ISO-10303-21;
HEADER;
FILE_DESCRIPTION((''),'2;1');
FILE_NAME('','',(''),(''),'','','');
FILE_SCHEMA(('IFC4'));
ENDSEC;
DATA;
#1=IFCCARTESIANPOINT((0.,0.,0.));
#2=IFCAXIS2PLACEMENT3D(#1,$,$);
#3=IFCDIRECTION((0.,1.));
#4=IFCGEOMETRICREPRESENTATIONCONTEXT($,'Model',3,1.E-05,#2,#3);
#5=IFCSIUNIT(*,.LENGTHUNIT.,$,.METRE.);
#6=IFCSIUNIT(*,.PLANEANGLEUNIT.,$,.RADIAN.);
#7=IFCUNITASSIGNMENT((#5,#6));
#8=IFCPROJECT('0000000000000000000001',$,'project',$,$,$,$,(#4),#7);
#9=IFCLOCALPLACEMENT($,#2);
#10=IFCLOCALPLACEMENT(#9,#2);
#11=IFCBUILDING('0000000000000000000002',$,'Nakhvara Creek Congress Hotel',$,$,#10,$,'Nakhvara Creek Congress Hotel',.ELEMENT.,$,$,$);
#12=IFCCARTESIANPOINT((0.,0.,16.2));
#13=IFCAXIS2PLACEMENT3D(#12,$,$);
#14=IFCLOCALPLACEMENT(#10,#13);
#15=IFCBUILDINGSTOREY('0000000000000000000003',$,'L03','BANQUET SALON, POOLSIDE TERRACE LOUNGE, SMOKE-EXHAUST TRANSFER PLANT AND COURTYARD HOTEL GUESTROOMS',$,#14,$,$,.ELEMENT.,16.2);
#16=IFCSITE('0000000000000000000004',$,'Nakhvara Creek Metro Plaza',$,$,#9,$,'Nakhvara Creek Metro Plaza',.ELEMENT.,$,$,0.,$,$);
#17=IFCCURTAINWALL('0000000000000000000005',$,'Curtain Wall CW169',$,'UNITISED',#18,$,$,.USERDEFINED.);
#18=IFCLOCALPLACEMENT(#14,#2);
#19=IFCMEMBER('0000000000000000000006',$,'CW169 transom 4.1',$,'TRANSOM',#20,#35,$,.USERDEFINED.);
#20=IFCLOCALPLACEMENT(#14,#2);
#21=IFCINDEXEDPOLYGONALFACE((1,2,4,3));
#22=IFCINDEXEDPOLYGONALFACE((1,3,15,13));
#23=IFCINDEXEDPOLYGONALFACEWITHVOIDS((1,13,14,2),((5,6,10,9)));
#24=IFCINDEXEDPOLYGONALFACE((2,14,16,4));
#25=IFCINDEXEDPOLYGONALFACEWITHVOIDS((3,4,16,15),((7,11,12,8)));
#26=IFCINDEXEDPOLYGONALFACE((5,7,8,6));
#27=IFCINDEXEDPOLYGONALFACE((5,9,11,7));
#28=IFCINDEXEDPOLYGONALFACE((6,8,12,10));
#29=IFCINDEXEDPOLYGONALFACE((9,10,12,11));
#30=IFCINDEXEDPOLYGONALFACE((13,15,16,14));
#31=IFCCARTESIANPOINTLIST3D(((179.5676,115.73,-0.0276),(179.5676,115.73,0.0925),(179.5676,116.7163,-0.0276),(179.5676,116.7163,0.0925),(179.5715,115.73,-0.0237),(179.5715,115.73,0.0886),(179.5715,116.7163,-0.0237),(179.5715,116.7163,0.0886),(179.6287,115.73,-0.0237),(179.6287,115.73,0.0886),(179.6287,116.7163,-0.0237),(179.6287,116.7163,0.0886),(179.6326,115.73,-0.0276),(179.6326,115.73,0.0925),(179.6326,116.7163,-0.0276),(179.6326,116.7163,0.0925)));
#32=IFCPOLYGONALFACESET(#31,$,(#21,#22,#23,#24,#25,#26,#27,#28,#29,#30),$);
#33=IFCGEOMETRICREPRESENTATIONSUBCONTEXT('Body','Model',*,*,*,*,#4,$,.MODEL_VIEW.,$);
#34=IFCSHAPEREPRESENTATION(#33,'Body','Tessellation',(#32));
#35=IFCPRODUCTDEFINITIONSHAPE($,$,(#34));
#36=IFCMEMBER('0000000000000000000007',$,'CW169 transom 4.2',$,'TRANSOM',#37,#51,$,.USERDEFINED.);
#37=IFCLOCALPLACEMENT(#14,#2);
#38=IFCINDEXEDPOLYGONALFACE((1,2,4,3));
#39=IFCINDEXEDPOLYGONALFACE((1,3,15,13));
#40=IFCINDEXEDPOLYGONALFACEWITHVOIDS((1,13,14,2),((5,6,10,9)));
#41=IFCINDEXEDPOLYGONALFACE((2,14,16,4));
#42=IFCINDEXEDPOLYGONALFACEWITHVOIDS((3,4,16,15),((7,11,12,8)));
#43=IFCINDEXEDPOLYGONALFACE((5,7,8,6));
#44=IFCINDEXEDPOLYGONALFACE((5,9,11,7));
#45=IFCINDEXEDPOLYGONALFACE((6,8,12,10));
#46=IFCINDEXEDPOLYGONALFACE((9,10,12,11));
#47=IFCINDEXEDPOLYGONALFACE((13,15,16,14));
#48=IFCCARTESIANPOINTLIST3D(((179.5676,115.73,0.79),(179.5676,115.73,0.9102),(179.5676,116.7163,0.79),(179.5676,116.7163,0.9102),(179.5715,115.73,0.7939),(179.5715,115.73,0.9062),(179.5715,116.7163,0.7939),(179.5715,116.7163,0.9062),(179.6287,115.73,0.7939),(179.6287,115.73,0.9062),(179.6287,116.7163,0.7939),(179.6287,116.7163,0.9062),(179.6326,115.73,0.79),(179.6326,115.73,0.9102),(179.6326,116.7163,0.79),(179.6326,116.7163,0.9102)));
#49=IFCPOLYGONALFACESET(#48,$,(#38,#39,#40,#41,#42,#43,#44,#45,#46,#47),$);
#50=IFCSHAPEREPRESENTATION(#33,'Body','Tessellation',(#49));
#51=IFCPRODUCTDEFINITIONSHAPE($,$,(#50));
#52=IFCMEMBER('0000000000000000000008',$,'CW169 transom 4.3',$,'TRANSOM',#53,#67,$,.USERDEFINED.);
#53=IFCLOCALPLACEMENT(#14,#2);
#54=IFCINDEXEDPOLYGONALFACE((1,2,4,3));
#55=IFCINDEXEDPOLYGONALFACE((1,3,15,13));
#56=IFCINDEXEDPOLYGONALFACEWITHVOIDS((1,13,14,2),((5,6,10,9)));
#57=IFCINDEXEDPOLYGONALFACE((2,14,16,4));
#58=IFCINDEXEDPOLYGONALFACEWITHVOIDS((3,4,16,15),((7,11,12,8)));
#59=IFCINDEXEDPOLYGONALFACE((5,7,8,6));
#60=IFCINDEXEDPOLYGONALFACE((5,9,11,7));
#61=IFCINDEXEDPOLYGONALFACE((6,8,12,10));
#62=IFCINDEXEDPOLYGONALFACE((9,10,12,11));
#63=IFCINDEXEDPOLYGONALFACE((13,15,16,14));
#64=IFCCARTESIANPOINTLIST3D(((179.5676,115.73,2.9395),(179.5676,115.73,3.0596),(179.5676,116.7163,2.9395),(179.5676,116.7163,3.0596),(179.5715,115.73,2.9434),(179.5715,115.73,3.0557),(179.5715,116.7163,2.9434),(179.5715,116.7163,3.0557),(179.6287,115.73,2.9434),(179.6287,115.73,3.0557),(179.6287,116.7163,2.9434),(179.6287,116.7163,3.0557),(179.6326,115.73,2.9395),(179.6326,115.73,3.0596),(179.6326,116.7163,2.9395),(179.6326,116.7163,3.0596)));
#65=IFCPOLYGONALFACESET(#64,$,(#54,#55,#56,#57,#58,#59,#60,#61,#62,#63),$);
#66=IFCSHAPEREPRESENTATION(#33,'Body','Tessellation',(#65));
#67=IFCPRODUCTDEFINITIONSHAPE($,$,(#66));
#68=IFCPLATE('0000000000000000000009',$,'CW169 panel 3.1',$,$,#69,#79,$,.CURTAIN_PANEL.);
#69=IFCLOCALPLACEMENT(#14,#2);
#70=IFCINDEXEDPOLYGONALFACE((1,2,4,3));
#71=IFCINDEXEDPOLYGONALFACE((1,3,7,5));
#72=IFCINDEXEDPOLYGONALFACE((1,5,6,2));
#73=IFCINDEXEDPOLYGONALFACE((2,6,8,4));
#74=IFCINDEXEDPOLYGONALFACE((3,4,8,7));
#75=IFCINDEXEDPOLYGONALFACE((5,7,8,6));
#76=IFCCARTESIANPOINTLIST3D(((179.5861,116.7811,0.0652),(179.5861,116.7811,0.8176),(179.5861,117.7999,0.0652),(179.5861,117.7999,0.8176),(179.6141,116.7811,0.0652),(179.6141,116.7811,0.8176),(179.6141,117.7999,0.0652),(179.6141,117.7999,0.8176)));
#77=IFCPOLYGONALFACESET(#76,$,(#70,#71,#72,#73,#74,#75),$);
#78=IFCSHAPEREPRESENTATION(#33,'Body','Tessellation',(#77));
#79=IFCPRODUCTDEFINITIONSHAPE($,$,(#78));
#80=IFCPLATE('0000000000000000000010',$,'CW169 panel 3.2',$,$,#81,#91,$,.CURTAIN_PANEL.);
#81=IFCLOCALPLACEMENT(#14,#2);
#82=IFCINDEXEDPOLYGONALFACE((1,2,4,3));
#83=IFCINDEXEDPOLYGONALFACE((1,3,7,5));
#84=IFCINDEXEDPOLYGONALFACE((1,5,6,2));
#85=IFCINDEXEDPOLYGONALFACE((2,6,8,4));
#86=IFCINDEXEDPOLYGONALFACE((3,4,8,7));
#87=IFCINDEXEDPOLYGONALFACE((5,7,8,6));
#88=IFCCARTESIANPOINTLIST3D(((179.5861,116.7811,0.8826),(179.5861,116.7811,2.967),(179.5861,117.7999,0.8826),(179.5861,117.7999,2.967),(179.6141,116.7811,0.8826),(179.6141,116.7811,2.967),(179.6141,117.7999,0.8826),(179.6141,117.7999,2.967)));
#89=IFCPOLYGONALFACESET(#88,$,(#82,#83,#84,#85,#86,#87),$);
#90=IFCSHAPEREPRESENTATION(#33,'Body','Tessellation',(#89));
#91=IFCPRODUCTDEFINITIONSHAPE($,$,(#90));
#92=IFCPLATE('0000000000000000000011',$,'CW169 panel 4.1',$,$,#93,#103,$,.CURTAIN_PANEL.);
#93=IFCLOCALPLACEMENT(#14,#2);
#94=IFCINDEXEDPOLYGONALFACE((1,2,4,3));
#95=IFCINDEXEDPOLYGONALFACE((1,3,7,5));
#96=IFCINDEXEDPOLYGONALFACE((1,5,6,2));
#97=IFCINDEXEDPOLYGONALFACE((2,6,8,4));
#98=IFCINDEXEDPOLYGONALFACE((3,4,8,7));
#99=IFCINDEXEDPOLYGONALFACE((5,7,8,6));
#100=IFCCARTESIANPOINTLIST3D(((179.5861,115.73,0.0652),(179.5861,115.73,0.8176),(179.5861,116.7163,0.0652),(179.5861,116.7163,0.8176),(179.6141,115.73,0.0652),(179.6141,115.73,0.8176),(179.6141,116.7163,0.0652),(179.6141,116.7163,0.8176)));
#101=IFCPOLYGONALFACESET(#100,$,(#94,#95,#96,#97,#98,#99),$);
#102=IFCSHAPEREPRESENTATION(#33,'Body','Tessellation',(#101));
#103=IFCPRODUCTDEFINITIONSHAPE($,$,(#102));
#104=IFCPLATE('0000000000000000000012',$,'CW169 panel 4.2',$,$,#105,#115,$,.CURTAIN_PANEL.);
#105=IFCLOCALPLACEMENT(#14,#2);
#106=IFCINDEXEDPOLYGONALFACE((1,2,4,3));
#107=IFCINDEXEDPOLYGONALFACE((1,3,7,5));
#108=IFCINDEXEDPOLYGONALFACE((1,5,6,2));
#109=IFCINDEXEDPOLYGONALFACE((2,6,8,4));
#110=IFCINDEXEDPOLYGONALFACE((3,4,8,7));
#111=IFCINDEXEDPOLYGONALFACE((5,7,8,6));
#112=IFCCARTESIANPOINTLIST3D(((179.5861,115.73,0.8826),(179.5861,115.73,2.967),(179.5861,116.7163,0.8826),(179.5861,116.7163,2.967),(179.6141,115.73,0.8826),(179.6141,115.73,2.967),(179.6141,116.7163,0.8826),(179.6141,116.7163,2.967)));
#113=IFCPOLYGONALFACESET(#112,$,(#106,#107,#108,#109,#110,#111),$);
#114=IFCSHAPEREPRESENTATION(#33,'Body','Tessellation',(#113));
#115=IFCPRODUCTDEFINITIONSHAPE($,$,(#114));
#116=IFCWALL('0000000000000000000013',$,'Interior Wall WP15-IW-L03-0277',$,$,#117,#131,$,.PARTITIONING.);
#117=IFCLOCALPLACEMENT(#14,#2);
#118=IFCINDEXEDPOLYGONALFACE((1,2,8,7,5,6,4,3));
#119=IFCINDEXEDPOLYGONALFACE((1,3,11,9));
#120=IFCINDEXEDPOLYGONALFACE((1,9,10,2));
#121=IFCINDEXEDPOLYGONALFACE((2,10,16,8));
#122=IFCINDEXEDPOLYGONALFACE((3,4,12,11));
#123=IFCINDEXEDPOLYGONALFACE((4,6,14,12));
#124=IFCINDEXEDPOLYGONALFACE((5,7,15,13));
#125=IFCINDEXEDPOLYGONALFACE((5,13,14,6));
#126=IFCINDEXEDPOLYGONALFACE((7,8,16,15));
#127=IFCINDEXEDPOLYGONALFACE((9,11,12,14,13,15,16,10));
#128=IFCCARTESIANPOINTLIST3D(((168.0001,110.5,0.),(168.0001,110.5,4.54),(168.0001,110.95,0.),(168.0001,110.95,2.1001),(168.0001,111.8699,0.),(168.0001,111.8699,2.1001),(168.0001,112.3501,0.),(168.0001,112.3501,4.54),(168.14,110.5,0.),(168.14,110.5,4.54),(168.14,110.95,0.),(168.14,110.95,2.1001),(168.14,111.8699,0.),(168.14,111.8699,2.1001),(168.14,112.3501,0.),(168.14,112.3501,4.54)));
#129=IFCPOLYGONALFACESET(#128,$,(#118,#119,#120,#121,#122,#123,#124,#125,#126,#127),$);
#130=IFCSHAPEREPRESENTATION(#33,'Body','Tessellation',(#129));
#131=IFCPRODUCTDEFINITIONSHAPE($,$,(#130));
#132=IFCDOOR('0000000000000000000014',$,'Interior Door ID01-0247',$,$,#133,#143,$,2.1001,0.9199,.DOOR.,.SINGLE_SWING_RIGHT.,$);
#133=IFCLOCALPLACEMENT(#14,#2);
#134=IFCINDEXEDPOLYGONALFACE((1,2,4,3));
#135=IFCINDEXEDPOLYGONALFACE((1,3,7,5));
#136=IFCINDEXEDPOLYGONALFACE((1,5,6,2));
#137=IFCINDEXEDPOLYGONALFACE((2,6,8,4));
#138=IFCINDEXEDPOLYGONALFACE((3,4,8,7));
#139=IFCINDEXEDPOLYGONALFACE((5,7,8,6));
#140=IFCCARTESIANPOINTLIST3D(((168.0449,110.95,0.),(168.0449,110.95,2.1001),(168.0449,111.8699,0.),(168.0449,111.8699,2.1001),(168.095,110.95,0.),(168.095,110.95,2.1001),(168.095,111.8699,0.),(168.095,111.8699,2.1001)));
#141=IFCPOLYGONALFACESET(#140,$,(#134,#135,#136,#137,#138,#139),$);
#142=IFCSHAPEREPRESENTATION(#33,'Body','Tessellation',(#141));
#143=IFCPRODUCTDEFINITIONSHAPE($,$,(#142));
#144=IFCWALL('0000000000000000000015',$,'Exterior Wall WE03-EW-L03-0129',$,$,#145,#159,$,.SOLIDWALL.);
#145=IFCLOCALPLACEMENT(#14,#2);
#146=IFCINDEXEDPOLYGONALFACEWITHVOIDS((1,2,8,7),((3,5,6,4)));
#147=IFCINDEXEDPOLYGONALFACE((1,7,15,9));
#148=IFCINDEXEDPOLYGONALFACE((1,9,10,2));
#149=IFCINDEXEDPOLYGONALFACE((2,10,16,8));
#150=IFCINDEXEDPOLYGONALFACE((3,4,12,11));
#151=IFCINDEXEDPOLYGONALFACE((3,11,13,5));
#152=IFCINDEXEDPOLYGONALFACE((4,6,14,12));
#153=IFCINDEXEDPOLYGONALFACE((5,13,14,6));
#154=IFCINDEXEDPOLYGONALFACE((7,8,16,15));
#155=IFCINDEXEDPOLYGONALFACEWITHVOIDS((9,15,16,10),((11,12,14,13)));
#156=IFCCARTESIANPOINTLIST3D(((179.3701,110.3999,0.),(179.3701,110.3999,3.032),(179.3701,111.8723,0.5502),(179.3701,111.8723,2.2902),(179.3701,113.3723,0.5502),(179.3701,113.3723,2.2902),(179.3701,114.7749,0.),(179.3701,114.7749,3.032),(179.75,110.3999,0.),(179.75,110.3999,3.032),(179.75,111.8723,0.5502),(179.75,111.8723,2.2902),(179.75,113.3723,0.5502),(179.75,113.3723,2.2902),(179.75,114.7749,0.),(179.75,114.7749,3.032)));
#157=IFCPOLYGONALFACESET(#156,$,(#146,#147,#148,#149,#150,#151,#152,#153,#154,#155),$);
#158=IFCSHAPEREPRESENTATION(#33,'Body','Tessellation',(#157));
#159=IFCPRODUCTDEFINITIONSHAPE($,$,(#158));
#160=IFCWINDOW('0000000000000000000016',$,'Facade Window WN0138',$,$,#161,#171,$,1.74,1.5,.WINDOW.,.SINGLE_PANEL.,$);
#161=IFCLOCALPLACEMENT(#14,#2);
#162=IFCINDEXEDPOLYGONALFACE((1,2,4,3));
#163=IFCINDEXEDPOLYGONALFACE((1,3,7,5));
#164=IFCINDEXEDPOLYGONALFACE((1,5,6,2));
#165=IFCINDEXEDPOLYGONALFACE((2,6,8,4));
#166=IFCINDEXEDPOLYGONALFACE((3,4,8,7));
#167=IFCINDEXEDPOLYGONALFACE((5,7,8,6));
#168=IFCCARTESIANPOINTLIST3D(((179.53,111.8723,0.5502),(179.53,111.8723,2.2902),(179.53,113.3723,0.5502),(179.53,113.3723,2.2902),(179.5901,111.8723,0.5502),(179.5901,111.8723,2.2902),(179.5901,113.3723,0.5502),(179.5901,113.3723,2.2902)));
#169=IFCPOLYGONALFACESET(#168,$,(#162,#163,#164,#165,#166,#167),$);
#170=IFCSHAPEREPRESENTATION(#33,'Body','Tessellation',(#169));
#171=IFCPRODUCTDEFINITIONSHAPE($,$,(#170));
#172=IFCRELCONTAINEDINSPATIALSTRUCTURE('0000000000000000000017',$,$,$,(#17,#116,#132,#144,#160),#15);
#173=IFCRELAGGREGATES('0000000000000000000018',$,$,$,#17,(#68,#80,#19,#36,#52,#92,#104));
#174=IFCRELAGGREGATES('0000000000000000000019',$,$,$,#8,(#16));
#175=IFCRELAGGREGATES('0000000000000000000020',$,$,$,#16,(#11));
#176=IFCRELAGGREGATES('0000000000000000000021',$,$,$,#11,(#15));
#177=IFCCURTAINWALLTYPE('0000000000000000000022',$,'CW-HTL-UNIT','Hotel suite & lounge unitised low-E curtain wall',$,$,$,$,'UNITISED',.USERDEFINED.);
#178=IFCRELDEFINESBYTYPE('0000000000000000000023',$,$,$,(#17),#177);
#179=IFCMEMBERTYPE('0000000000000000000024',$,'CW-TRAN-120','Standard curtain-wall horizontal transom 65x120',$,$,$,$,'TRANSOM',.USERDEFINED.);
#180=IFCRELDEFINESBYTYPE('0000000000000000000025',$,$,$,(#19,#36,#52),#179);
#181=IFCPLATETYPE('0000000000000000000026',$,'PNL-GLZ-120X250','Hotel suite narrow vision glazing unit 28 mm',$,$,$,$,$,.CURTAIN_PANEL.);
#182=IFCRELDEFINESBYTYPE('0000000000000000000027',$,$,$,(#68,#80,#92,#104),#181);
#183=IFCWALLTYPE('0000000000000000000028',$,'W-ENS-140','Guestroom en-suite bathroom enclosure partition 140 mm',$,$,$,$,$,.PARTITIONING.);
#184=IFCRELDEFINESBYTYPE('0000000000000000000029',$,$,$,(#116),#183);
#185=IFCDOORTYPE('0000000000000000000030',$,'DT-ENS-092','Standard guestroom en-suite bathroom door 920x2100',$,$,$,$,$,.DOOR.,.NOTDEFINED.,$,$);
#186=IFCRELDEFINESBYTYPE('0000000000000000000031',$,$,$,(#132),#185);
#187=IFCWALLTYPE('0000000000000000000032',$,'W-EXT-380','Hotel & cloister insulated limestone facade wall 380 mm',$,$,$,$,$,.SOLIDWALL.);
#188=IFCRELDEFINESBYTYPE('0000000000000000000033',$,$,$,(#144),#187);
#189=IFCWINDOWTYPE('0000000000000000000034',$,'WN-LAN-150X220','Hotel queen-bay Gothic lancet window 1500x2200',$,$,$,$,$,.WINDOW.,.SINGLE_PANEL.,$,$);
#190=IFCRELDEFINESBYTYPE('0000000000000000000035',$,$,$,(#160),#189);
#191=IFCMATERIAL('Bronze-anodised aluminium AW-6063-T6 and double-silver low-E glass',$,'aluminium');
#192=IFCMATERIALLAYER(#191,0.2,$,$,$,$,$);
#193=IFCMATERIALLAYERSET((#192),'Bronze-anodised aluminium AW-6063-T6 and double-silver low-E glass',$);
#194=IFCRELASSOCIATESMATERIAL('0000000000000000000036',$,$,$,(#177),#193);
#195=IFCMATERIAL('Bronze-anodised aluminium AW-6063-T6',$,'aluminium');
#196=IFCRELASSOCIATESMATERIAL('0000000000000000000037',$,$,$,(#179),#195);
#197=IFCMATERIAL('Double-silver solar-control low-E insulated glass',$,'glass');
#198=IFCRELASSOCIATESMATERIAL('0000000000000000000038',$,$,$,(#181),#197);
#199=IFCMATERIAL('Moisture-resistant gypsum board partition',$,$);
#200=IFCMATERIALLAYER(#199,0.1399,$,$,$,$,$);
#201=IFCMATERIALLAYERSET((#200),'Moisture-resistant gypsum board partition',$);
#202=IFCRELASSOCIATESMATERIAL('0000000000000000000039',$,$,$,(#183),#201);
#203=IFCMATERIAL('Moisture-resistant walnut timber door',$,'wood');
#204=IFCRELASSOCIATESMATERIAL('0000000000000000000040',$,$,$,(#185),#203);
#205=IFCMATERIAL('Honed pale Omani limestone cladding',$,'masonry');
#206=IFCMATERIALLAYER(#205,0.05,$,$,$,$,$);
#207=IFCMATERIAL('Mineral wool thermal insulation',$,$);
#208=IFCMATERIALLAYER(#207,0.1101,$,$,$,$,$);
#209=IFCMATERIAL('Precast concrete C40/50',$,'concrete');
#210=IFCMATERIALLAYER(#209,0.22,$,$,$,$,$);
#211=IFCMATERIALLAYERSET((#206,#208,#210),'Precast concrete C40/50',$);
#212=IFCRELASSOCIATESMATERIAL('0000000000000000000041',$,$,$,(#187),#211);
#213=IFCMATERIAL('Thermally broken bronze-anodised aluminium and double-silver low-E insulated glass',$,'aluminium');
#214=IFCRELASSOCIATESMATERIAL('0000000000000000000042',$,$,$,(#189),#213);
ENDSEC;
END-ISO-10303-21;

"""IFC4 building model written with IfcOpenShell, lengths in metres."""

from ifc_helpers import new_model, si_unit, direction, frame, frame_2d, origin, origin_2d, place, context, subcontext, project, spatial, rectangle, hollow_rectangle, extrude, material, layer, layer_set, material_profile, profile_set, type_object, element, fill, aggregate, save


model = new_model("IFC4")

# Units and contexts
model_context = context("Model", 3, precision=1e-05, world=origin(), true_north=direction((0.0, 1.0)))
body_context = subcontext(model_context, "Body", "Model", "MODEL_VIEW")
ifc_project = project(units=[si_unit("LENGTHUNIT", "METRE"), si_unit("PLANEANGLEUNIT", "RADIAN")], contexts=[model_context])

# Site, building, storey
site_placement = place(None, origin())
site = spatial("IfcSite", under=ifc_project, at=site_placement, Name="Nakhvara Creek Metro Plaza", LongName="Nakhvara Creek Metro Plaza", CompositionType="ELEMENT", RefElevation=0.0)
building_placement = place(site_placement, origin())
building = spatial("IfcBuilding", under=site, at=building_placement, Name="Nakhvara Creek Congress Hotel", LongName="Nakhvara Creek Congress Hotel", CompositionType="ELEMENT")
storey_placement = place(building_placement, frame((0.0, 0.0, 16.2)))
storey = spatial("IfcBuildingStorey", under=building, at=storey_placement, Name="L03", Description="BANQUET SALON, POOLSIDE TERRACE LOUNGE, SMOKE-EXHAUST TRANSFER PLANT AND COURTYARD HOTEL GUESTROOMS", CompositionType="ELEMENT", Elevation=16.2)

# Shared definitions
ifc_material_1 = material(Name="Bronze-anodised aluminium AW-6063-T6 and double-silver low-E glass", Category="aluminium")
ifc_layer_1 = layer(ifc_material_1, 0.2)
ifc_layer_set_1 = layer_set([ifc_layer_1], Name="Bronze-anodised aluminium AW-6063-T6 and double-silver low-E glass")
curtain_wall_type = type_object("IfcCurtainWallType", Name="CW-HTL-UNIT", Description="Hotel suite & lounge unitised low-E curtain wall", ElementType="UNITISED", PredefinedType="USERDEFINED", material=ifc_layer_set_1)
ifc_material_2 = material(Name="Bronze-anodised aluminium AW-6063-T6", Category="aluminium")

# Curtain wall
curtain_wall_1_placement = place(storey_placement, origin())
curtain_wall_1 = element("IfcCurtainWall", 1, at=curtain_wall_1_placement, inside=storey, type_object=curtain_wall_type, Name="Curtain Wall CW169", ObjectType="UNITISED", PredefinedType="USERDEFINED")

# Members
ifc_material_profile_1 = material_profile(ifc_material_2, hollow_rectangle(XDim=0.0649, YDim=0.1201, WallThickness=0.0039, at=origin_2d()), Name="ALU-TRAN 65x120x4", Category="LoadBearing")
ifc_profile_set_1 = profile_set([ifc_material_profile_1], Name="Bronze-anodised aluminium AW-6063-T6")
member_type_1 = type_object("IfcMemberType", Name="CW-TRAN-120", Description="Standard curtain-wall horizontal transom 65x120", ElementType="TRANSOM", PredefinedType="USERDEFINED", material=ifc_profile_set_1)
member_1_placement = place(storey_placement, frame((179.6001, 116.7163, 0.0325), z_axis=(0.0, -1.0, 0.0), x_axis=(1.0, 0.0, 0.0)))
member_1 = element("IfcMember", 2, at=member_1_placement, type_object=member_type_1, Name="CW169 transom 4.1", ObjectType="TRANSOM", PredefinedType="USERDEFINED", context=body_context, shape_type="SweptSolid", body=[
    extrude(hollow_rectangle(XDim=0.0649, YDim=0.1201, WallThickness=0.0039, at=origin_2d()), origin(), (0.0, 0.0, 1.0), 0.9863),
])
member_2_placement = place(storey_placement, frame((179.6001, 116.7163, 0.8501), z_axis=(0.0, -1.0, 0.0), x_axis=(1.0, 0.0, 0.0)))
member_2 = element("IfcMember", 3, at=member_2_placement, type_object=member_type_1, Name="CW169 transom 4.2", ObjectType="TRANSOM", PredefinedType="USERDEFINED", context=body_context, shape_type="SweptSolid", body=[
    extrude(hollow_rectangle(XDim=0.0649, YDim=0.1201, WallThickness=0.0039, at=origin_2d()), origin(), (0.0, 0.0, 1.0), 0.9863),
])
member_3_placement = place(storey_placement, frame((179.6001, 116.7163, 2.9995), z_axis=(0.0, -1.0, 0.0), x_axis=(1.0, 0.0, 0.0)))
member_3 = element("IfcMember", 4, at=member_3_placement, type_object=member_type_1, Name="CW169 transom 4.3", ObjectType="TRANSOM", PredefinedType="USERDEFINED", context=body_context, shape_type="SweptSolid", body=[
    extrude(hollow_rectangle(XDim=0.0649, YDim=0.1201, WallThickness=0.0039, at=origin_2d()), origin(), (0.0, 0.0, 1.0), 0.9863),
])

# Plates
ifc_material_3 = material(Name="Double-silver solar-control low-E insulated glass", Category="glass")
plate_type = type_object("IfcPlateType", Name="PNL-GLZ-120X250", Description="Hotel suite narrow vision glazing unit 28 mm", PredefinedType="CURTAIN_PANEL", material=ifc_material_3)
plate_1_placement = place(storey_placement, frame((179.6001, 117.2905, 0.0652), z_axis=(0.0, 0.0, 1.0), x_axis=(0.0, -1.0, 0.0)))
plate_1 = element("IfcPlate", 5, at=plate_1_placement, type_object=plate_type, Name="CW169 panel 3.1", PredefinedType="CURTAIN_PANEL", context=body_context, shape_type="SweptSolid", body=[
    extrude(rectangle(XDim=1.0188, YDim=0.0281, at=origin_2d()), origin(), (0.0, 0.0, 1.0), 0.7524),
])
plate_2_placement = place(storey_placement, frame((179.6001, 117.2905, 0.8826), z_axis=(0.0, 0.0, 1.0), x_axis=(0.0, -1.0, 0.0)))
plate_2 = element("IfcPlate", 6, at=plate_2_placement, type_object=plate_type, Name="CW169 panel 3.2", PredefinedType="CURTAIN_PANEL", context=body_context, shape_type="SweptSolid", body=[
    extrude(rectangle(XDim=1.0188, YDim=0.0281, at=origin_2d()), origin(), (0.0, 0.0, 1.0), 2.0845),
])
plate_3_placement = place(storey_placement, frame((179.6001, 116.2231, 0.0652), z_axis=(0.0, 0.0, 1.0), x_axis=(0.0, -1.0, 0.0)))
plate_3 = element("IfcPlate", 7, at=plate_3_placement, type_object=plate_type, Name="CW169 panel 4.1", PredefinedType="CURTAIN_PANEL", context=body_context, shape_type="SweptSolid", body=[
    extrude(rectangle(XDim=0.9863, YDim=0.0281, at=origin_2d()), origin(), (0.0, 0.0, 1.0), 0.7524),
])
plate_4_placement = place(storey_placement, frame((179.6001, 116.2231, 0.8826), z_axis=(0.0, 0.0, 1.0), x_axis=(0.0, -1.0, 0.0)))
plate_4 = element("IfcPlate", 8, at=plate_4_placement, type_object=plate_type, Name="CW169 panel 4.2", PredefinedType="CURTAIN_PANEL", context=body_context, shape_type="SweptSolid", body=[
    extrude(rectangle(XDim=0.9863, YDim=0.0281, at=origin_2d()), origin(), (0.0, 0.0, 1.0), 2.0845),
])
aggregate(curtain_wall_1, [plate_1, plate_2, member_1, member_2, member_3, plate_3, plate_4])

# Wall, opening, door
ifc_material_4 = material(Name="Moisture-resistant gypsum board partition")
ifc_layer_2 = layer(ifc_material_4, 0.1399)
ifc_layer_set_2 = layer_set([ifc_layer_2], Name="Moisture-resistant gypsum board partition")
wall_type_1 = type_object("IfcWallType", Name="W-ENS-140", Description="Guestroom en-suite bathroom enclosure partition 140 mm", PredefinedType="PARTITIONING", material=ifc_layer_set_2)
wall_1_placement = place(storey_placement, frame((168.0701, 110.5, 0.0), z_axis=(0.0, 0.0, 1.0), x_axis=(0.0, 1.0, 0.0)))
wall_1 = element("IfcWall", 9, at=wall_1_placement, inside=storey, type_object=wall_type_1, Name="Interior Wall WP15-IW-L03-0277", PredefinedType="PARTITIONING", context=body_context, shape_type="SweptSolid", body=[
    extrude(rectangle(XDim=1.8501, YDim=0.1399, at=frame_2d((0.925, 0.0))), origin(), (0.0, 0.0, 1.0), 4.54),
])
opening_1_placement = place(wall_1_placement, frame((0.45, 0.0, 0.0)))
opening_1 = element("IfcOpeningElement", 10, at=opening_1_placement, cuts=wall_1, PredefinedType="OPENING", context=body_context, shape_type="SweptSolid", body=[
    extrude(rectangle(XDim=0.9199, YDim=2.1001, at=frame_2d((0.46, 1.05))), frame((0.0, 0.082, 0.0), z_axis=(0.0, -1.0, 0.0), x_axis=(1.0, 0.0, 0.0)), (0.0, 0.0, 1.0), 0.1638),
])
ifc_material_5 = material(Name="Moisture-resistant walnut timber door", Category="wood")
door_type_1 = type_object("IfcDoorType", Name="DT-ENS-092", Description="Standard guestroom en-suite bathroom door 920x2100", OperationType="NOTDEFINED", PredefinedType="DOOR", material=ifc_material_5)
door_1_placement = place(opening_1_placement, frame((0.9199, 0.0, 0.0), z_axis=(0.0, 0.0, 1.0), x_axis=(-1.0, 0.0, 0.0)))
door_1 = element("IfcDoor", 11, at=door_1_placement, inside=storey, type_object=door_type_1, Name="Interior Door ID01-0247", OperationType="SINGLE_SWING_RIGHT", OverallHeight=2.1001, OverallWidth=0.9199, PredefinedType="DOOR", context=body_context, shape_type="SweptSolid", body=[
    extrude(rectangle(XDim=0.9199, YDim=2.1001, at=frame_2d((0.46, 1.05))), frame((0.0, 0.0249, 0.0), z_axis=(0.0, -1.0, 0.0), x_axis=(1.0, 0.0, 0.0)), (0.0, 0.0, 1.0), 0.05),
])
fill(opening_1, door_1)

# Wall, opening, window
ifc_material_6 = material(Name="Honed pale Omani limestone cladding", Category="masonry")
ifc_layer_3 = layer(ifc_material_6, 0.05)
ifc_material_7 = material(Name="Mineral wool thermal insulation")
ifc_layer_4 = layer(ifc_material_7, 0.1101)
ifc_material_8 = material(Name="Precast concrete C40/50", Category="concrete")
ifc_layer_5 = layer(ifc_material_8, 0.22)
ifc_layer_set_3 = layer_set([ifc_layer_3, ifc_layer_4, ifc_layer_5], Name="Precast concrete C40/50")
wall_type_2 = type_object("IfcWallType", Name="W-EXT-380", Description="Hotel & cloister insulated limestone facade wall 380 mm", PredefinedType="SOLIDWALL", material=ifc_layer_set_3)
wall_2_placement = place(storey_placement, frame((179.5601, 114.7749, 0.0), z_axis=(0.0, 0.0, 1.0), x_axis=(0.0, -1.0, 0.0)))
wall_2 = element("IfcWall", 12, at=wall_2_placement, inside=storey, type_object=wall_type_2, Name="Exterior Wall WE03-EW-L03-0129", PredefinedType="SOLIDWALL", context=body_context, shape_type="SweptSolid", body=[
    extrude(rectangle(XDim=4.375, YDim=0.3799, at=frame_2d((2.1875, 0.0))), origin(), (0.0, 0.0, 1.0), 3.032),
])
opening_2_placement = place(wall_2_placement, frame((1.4026, 0.0, 0.55)))
opening_2 = element("IfcOpeningElement", 13, at=opening_2_placement, cuts=wall_2, PredefinedType="OPENING", context=body_context, shape_type="SweptSolid", body=[
    extrude(rectangle(XDim=1.5, YDim=1.74, at=frame_2d((0.75, 0.8701))), frame((0.0, 0.2019, 0.0), z_axis=(0.0, -1.0, 0.0), x_axis=(1.0, 0.0, 0.0)), (0.0, 0.0, 1.0), 0.4038),
])
ifc_material_9 = material(Name="Thermally broken bronze-anodised aluminium and double-silver low-E insulated glass", Category="aluminium")
window_type = type_object("IfcWindowType", Name="WN-LAN-150X220", Description="Hotel queen-bay Gothic lancet window 1500x2200", PartitioningType="SINGLE_PANEL", PredefinedType="WINDOW", material=ifc_material_9)
window_placement = place(opening_2_placement, origin())
window = element("IfcWindow", 14, at=window_placement, inside=storey, type_object=window_type, Name="Facade Window WN0138", OverallHeight=1.74, OverallWidth=1.5, PartitioningType="SINGLE_PANEL", PredefinedType="WINDOW", context=body_context, shape_type="SweptSolid", body=[
    extrude(rectangle(XDim=1.5, YDim=1.74, at=frame_2d((0.75, 0.8701))), frame((0.0, 0.03, 0.0), z_axis=(0.0, -1.0, 0.0), x_axis=(1.0, 0.0, 0.0)), (0.0, 0.0, 1.0), 0.0601),
])
fill(opening_2, window)

save(model, "model.ifc")
